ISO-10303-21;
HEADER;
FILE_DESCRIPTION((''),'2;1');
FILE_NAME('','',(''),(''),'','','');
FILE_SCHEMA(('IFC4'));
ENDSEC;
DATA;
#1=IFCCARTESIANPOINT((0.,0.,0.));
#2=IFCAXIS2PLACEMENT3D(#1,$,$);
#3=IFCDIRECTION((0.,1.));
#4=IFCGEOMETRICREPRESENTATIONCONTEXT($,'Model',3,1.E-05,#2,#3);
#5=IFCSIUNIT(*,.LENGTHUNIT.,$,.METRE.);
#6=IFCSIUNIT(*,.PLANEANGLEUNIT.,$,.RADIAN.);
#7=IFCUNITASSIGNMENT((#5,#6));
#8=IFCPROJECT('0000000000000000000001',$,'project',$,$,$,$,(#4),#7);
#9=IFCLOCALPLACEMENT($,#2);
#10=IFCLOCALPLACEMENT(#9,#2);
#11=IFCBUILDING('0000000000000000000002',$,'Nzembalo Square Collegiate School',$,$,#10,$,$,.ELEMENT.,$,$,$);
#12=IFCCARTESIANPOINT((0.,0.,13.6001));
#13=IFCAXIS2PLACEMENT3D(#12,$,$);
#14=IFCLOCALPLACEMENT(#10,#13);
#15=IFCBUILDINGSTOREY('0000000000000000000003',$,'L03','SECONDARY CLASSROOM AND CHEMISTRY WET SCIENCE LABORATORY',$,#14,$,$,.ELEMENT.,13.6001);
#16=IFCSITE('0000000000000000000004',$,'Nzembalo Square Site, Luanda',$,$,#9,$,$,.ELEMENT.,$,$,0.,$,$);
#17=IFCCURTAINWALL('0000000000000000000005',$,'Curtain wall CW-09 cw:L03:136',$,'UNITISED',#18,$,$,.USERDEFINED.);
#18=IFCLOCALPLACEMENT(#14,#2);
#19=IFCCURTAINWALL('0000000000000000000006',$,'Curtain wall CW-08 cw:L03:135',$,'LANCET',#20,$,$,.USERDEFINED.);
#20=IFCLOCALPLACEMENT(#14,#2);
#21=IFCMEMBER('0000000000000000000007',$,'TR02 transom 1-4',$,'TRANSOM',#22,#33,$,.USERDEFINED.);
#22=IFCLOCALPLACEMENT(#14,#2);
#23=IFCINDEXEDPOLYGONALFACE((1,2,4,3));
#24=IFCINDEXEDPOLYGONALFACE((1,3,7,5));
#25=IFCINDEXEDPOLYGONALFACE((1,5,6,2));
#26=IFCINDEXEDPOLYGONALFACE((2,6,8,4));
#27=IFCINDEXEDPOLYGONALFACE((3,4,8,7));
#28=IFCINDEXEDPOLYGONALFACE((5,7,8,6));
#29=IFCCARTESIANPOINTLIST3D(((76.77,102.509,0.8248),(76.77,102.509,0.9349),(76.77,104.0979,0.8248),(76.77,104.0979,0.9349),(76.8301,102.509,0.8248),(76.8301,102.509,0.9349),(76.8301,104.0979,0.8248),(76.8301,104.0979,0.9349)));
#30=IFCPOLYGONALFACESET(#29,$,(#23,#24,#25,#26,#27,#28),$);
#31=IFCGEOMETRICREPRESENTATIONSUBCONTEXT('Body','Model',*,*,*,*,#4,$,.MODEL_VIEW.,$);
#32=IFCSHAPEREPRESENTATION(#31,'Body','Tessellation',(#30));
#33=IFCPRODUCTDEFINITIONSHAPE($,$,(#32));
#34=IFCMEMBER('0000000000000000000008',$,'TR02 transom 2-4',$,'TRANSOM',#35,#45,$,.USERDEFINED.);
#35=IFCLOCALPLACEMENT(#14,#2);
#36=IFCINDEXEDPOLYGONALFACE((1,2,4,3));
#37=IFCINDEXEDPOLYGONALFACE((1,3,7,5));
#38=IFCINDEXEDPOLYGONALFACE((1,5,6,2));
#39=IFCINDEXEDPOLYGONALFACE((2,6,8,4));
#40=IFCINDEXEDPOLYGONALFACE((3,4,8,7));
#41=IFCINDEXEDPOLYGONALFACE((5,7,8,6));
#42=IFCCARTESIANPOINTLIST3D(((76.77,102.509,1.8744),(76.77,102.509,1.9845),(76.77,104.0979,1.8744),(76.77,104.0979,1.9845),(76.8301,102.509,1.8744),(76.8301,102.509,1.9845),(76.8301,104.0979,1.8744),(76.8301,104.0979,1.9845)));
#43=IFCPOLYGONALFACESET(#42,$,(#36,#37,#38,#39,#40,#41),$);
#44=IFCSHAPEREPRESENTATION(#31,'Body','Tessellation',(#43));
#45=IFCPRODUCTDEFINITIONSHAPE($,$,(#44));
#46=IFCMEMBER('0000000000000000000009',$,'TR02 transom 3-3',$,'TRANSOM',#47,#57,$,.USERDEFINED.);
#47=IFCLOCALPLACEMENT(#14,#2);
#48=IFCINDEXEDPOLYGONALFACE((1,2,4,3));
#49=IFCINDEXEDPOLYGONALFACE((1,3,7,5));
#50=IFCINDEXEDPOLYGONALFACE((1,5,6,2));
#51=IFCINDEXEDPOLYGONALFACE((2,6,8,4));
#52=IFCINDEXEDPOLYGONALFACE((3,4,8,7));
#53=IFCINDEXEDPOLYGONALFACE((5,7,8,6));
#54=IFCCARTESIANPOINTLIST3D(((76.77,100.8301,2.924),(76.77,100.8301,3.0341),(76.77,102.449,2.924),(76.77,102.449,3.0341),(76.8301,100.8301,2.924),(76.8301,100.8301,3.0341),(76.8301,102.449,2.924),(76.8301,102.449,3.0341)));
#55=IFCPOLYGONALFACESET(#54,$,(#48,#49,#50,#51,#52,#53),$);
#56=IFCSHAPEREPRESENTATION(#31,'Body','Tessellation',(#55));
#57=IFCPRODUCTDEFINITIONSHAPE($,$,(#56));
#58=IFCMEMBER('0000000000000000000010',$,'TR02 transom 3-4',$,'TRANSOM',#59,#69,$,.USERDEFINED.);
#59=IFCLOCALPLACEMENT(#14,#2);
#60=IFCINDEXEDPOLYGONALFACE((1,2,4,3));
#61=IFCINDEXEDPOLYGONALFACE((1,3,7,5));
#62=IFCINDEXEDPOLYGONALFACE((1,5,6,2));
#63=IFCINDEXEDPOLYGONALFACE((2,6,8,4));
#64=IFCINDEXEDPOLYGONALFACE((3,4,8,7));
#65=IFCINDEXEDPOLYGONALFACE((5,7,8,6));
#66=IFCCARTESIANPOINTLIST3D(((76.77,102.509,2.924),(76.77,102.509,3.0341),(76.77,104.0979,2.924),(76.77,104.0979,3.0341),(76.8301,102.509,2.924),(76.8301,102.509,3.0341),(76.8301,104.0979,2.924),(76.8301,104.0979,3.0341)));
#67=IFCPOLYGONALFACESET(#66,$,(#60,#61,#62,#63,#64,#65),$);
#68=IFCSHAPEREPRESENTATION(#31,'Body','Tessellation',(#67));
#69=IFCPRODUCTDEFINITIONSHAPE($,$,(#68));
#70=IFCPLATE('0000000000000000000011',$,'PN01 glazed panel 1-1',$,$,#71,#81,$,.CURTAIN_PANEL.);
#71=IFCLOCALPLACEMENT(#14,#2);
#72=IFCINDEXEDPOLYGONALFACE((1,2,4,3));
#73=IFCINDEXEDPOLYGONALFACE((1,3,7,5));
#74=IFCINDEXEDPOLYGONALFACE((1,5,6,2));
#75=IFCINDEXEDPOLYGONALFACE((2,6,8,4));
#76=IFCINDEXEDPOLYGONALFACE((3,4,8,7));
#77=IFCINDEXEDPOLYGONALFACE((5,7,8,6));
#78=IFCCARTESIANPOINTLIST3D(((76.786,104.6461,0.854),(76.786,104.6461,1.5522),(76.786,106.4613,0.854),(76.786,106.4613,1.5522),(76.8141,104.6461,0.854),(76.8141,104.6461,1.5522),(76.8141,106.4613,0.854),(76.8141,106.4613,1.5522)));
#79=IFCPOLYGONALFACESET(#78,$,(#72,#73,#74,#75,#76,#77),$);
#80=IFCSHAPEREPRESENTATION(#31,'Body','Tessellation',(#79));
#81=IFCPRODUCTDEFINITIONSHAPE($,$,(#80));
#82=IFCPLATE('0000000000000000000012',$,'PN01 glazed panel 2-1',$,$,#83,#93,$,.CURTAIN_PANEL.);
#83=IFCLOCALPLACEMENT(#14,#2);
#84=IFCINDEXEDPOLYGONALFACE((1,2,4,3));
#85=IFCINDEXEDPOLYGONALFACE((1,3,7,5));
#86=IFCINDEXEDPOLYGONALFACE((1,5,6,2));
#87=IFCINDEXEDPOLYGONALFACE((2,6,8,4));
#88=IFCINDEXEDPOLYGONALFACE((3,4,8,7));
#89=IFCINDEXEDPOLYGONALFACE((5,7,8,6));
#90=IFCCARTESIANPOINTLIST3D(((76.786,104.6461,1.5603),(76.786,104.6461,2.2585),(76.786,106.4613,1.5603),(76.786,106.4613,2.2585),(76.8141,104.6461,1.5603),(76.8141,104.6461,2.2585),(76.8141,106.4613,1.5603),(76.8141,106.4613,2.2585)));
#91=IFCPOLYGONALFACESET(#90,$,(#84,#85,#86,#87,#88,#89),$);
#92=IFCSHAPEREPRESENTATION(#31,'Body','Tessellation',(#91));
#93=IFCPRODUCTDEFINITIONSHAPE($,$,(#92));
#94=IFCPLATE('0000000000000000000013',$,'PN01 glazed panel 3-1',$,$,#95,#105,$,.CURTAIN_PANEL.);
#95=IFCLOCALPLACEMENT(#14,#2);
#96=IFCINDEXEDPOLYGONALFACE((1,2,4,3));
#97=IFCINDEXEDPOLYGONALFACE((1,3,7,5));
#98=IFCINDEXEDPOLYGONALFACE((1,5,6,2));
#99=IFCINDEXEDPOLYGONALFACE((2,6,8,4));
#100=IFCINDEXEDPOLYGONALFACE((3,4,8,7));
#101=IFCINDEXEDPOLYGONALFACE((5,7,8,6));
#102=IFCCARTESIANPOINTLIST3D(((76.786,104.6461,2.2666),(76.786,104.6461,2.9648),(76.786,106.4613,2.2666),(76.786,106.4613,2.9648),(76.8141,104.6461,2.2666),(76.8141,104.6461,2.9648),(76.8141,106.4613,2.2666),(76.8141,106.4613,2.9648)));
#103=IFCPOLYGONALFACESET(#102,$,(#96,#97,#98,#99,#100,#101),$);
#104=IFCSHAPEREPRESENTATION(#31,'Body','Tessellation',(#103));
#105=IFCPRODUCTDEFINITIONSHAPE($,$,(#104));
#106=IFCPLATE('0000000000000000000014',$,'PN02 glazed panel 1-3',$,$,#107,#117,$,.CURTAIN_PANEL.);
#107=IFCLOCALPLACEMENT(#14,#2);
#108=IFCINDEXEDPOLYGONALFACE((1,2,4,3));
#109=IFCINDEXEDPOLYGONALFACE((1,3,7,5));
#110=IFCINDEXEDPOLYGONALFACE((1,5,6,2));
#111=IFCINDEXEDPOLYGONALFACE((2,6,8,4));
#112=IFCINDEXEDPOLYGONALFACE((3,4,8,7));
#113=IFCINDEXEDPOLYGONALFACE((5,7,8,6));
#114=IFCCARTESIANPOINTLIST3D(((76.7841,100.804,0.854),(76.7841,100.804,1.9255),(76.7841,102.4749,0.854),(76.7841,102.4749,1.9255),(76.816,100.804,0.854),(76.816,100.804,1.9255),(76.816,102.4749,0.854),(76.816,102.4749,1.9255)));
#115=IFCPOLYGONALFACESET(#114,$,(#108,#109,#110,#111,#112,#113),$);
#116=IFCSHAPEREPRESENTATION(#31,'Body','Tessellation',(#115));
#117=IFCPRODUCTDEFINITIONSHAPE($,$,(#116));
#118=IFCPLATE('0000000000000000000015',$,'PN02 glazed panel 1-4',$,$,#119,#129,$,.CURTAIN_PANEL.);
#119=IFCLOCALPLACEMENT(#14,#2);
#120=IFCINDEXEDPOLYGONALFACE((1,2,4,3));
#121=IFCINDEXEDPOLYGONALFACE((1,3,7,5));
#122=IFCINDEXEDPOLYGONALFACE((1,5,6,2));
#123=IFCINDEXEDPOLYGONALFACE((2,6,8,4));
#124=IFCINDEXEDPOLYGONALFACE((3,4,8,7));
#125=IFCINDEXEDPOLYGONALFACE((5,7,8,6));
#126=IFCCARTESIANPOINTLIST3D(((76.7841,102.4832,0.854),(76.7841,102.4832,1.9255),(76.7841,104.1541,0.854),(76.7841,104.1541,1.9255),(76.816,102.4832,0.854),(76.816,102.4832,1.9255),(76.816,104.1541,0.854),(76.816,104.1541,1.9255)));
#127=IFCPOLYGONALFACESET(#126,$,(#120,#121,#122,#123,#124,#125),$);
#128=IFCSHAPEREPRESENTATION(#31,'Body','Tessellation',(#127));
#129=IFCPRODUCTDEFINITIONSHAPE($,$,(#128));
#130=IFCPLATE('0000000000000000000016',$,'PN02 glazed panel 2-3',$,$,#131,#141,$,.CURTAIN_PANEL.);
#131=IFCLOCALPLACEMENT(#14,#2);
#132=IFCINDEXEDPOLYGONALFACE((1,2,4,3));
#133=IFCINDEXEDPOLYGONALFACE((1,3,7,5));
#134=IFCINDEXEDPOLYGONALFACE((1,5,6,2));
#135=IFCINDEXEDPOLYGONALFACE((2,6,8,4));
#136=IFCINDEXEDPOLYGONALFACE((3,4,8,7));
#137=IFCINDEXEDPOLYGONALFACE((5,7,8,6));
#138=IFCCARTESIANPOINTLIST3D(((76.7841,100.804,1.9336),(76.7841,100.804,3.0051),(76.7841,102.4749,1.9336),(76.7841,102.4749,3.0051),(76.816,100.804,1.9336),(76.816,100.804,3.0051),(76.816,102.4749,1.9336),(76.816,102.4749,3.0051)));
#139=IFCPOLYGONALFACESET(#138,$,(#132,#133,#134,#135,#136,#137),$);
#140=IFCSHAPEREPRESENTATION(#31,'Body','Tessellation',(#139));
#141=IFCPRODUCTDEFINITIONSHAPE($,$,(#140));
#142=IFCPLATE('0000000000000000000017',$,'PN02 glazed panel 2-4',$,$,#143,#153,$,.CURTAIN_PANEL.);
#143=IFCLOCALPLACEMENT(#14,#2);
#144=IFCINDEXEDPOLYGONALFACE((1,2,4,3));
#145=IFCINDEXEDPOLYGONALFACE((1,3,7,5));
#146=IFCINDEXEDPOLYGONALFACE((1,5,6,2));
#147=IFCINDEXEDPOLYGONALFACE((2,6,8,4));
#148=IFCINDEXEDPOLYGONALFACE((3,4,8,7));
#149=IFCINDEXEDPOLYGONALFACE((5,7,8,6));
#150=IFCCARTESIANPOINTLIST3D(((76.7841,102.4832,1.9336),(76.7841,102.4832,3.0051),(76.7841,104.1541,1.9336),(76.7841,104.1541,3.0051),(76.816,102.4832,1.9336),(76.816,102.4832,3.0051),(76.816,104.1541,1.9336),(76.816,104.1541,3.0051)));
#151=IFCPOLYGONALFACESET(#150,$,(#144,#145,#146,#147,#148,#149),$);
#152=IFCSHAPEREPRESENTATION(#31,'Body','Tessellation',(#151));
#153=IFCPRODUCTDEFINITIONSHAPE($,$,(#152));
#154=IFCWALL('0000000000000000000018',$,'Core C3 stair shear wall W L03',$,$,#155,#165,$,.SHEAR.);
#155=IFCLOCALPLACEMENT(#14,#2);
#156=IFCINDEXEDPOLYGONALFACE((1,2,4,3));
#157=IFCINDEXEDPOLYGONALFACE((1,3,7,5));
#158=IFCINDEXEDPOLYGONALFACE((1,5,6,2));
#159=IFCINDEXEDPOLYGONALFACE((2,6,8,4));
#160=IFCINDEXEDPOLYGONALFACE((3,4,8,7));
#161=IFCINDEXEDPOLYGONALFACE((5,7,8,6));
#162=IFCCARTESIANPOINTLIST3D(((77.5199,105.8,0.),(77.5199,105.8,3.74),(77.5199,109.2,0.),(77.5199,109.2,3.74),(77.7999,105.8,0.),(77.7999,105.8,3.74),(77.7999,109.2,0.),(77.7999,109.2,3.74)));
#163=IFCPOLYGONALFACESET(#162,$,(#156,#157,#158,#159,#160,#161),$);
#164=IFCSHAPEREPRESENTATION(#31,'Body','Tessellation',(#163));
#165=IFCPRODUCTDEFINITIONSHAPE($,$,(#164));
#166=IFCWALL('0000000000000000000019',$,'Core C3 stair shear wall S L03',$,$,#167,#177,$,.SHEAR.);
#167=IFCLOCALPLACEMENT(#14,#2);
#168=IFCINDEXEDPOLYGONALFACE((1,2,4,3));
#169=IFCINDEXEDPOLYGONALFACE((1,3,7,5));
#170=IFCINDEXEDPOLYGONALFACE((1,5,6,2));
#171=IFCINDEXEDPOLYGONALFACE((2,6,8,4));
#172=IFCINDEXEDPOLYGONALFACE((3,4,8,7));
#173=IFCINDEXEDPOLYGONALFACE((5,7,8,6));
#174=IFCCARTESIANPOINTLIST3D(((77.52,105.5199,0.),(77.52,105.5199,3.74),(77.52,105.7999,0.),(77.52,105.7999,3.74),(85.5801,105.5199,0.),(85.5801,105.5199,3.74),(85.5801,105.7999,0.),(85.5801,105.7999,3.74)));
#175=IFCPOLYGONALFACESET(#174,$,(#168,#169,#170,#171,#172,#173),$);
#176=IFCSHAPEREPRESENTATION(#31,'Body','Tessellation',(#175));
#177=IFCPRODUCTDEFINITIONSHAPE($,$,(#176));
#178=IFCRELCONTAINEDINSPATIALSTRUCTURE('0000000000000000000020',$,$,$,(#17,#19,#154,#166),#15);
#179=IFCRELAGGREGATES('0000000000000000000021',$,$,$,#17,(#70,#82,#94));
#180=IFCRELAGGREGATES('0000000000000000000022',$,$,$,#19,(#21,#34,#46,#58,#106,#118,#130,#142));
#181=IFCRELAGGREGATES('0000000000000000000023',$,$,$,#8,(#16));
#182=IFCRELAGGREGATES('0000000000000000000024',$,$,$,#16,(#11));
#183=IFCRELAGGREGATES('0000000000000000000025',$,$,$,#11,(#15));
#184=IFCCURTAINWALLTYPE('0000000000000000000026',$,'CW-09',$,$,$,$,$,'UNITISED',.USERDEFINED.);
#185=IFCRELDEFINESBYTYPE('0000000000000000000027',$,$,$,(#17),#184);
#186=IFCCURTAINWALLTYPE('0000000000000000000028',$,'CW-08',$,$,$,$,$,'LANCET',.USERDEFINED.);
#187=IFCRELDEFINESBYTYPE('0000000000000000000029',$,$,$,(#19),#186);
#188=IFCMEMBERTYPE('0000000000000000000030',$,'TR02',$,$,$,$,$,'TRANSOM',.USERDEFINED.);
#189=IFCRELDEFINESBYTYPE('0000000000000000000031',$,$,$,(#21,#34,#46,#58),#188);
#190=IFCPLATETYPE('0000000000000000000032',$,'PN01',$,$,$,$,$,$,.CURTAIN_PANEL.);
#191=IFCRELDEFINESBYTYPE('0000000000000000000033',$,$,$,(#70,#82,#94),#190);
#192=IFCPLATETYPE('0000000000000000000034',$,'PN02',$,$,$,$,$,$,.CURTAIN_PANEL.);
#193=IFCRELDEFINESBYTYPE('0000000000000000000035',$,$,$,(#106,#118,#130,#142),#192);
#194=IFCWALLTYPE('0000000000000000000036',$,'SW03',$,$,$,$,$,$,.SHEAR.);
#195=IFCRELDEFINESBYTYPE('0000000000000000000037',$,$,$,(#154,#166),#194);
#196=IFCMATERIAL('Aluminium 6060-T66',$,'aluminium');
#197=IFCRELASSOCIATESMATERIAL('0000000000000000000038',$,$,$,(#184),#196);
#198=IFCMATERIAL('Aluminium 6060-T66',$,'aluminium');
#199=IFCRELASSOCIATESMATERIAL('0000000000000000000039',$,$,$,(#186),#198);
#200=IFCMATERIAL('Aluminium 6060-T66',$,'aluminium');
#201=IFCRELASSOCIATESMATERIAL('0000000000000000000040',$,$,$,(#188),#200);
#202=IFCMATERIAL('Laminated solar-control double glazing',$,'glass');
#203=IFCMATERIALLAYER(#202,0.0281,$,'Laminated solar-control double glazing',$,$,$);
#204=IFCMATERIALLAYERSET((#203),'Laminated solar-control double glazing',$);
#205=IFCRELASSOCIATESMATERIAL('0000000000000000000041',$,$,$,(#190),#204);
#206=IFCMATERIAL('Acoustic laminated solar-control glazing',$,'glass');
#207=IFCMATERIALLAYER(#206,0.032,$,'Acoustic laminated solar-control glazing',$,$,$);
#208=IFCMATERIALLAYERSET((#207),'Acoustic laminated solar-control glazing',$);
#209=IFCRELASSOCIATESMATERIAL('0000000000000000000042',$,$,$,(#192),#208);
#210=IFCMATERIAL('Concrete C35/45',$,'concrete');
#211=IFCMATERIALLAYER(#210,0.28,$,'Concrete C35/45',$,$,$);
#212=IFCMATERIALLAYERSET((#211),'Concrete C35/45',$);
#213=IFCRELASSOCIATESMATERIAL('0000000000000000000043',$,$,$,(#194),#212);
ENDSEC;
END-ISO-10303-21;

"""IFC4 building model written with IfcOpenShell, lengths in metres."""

from ifc_helpers import new_model, si_unit, direction, frame, frame_2d, origin, origin_2d, place, context, subcontext, project, spatial, rectangle, extrude, material, layer, layer_set, material_profile, profile_set, type_object, element, aggregate, save


model = new_model("IFC4")

# Units and contexts
model_context = context("Model", 3, precision=1e-05, world=origin(), true_north=direction((0.0, 1.0)))
body_context = subcontext(model_context, "Body", "Model", "MODEL_VIEW")
ifc_project = project(units=[si_unit("LENGTHUNIT", "METRE"), si_unit("PLANEANGLEUNIT", "RADIAN")], contexts=[model_context])

# Site, building, storey
site_placement = place(None, origin())
site = spatial("IfcSite", under=ifc_project, at=site_placement, Name="Nzembalo Square Site, Luanda", CompositionType="ELEMENT", RefElevation=0.0)
building_placement = place(site_placement, origin())
building = spatial("IfcBuilding", under=site, at=building_placement, Name="Nzembalo Square Collegiate School", CompositionType="ELEMENT")
storey_placement = place(building_placement, frame((0.0, 0.0, 13.6001)))
storey = spatial("IfcBuildingStorey", under=building, at=storey_placement, Name="L03", Description="SECONDARY CLASSROOM AND CHEMISTRY WET SCIENCE LABORATORY", CompositionType="ELEMENT", Elevation=13.6001)

# Curtain walls
ifc_material_1 = material(Name="Aluminium 6060-T66", Category="aluminium")
curtain_wall_type_1 = type_object("IfcCurtainWallType", Name="CW-09", ElementType="UNITISED", PredefinedType="USERDEFINED", material=ifc_material_1)
curtain_wall_1_placement = place(storey_placement, origin())
curtain_wall_1 = element("IfcCurtainWall", 1, at=curtain_wall_1_placement, inside=storey, type_object=curtain_wall_type_1, Name="Curtain wall CW-09 cw:L03:136", ObjectType="UNITISED", PredefinedType="USERDEFINED")
ifc_material_2 = material(Name="Aluminium 6060-T66", Category="aluminium")
curtain_wall_type_2 = type_object("IfcCurtainWallType", Name="CW-08", ElementType="LANCET", PredefinedType="USERDEFINED", material=ifc_material_2)
curtain_wall_2_placement = place(storey_placement, origin())
curtain_wall_2 = element("IfcCurtainWall", 2, at=curtain_wall_2_placement, inside=storey, type_object=curtain_wall_type_2, Name="Curtain wall CW-08 cw:L03:135", ObjectType="LANCET", PredefinedType="USERDEFINED")

# Members
ifc_material_3 = material(Name="Aluminium 6060-T66", Category="aluminium")
ifc_material_profile_1 = material_profile(ifc_material_3, rectangle(XDim=0.0601, YDim=0.1101, at=origin_2d()), Name="ALU T60x110")
ifc_profile_set_1 = profile_set([ifc_material_profile_1], Name="Aluminium 6060-T66")
member_type_1 = type_object("IfcMemberType", Name="TR02", ElementType="TRANSOM", PredefinedType="USERDEFINED", material=ifc_profile_set_1)
member_1_placement = place(storey_placement, frame((76.8, 102.509, 0.8799), z_axis=(0.0, 1.0, 0.0), x_axis=(-1.0, 0.0, 0.0)))
member_1 = element("IfcMember", 3, at=member_1_placement, type_object=member_type_1, Name="TR02 transom 1-4", ObjectType="TRANSOM", PredefinedType="USERDEFINED", context=body_context, shape_type="SweptSolid", body=[
    extrude(rectangle(XDim=0.0601, YDim=0.1101, at=origin_2d()), origin(), (0.0, 0.0, 1.0), 1.5889),
])
member_2_placement = place(storey_placement, frame((76.8, 102.509, 1.9294), z_axis=(0.0, 1.0, 0.0), x_axis=(-1.0, 0.0, 0.0)))
member_2 = element("IfcMember", 4, at=member_2_placement, type_object=member_type_1, Name="TR02 transom 2-4", ObjectType="TRANSOM", PredefinedType="USERDEFINED", context=body_context, shape_type="SweptSolid", body=[
    extrude(rectangle(XDim=0.0601, YDim=0.1101, at=origin_2d()), origin(), (0.0, 0.0, 1.0), 1.5889),
])
member_3_placement = place(storey_placement, frame((76.8, 100.8301, 2.979), z_axis=(0.0, 1.0, 0.0), x_axis=(-1.0, 0.0, 0.0)))
member_3 = element("IfcMember", 5, at=member_3_placement, type_object=member_type_1, Name="TR02 transom 3-3", ObjectType="TRANSOM", PredefinedType="USERDEFINED", context=body_context, shape_type="SweptSolid", body=[
    extrude(rectangle(XDim=0.0601, YDim=0.1101, at=origin_2d()), origin(), (0.0, 0.0, 1.0), 1.6189),
])
member_4_placement = place(storey_placement, frame((76.8, 102.509, 2.979), z_axis=(0.0, 1.0, 0.0), x_axis=(-1.0, 0.0, 0.0)))
member_4 = element("IfcMember", 6, at=member_4_placement, type_object=member_type_1, Name="TR02 transom 3-4", ObjectType="TRANSOM", PredefinedType="USERDEFINED", context=body_context, shape_type="SweptSolid", body=[
    extrude(rectangle(XDim=0.0601, YDim=0.1101, at=origin_2d()), origin(), (0.0, 0.0, 1.0), 1.5889),
])

# Plates
ifc_material_4 = material(Name="Laminated solar-control double glazing", Category="glass")
ifc_layer_1 = layer(ifc_material_4, 0.0281, Name="Laminated solar-control double glazing")
ifc_layer_set_1 = layer_set([ifc_layer_1], Name="Laminated solar-control double glazing")
plate_type_1 = type_object("IfcPlateType", Name="PN01", PredefinedType="CURTAIN_PANEL", material=ifc_layer_set_1)
plate_1_placement = place(storey_placement, frame((76.8, 105.5537, 0.854), z_axis=(0.0, 0.0, 1.0), x_axis=(0.0, 1.0, 0.0)))
plate_1 = element("IfcPlate", 7, at=plate_1_placement, type_object=plate_type_1, Name="PN01 glazed panel 1-1", PredefinedType="CURTAIN_PANEL", context=body_context, shape_type="SweptSolid", body=[
    extrude(rectangle(XDim=1.8152, YDim=0.0281, at=origin_2d()), origin(), (0.0, 0.0, 1.0), 0.6982),
])
plate_2_placement = place(storey_placement, frame((76.8, 105.5537, 1.5603), z_axis=(0.0, 0.0, 1.0), x_axis=(0.0, 1.0, 0.0)))
plate_2 = element("IfcPlate", 8, at=plate_2_placement, type_object=plate_type_1, Name="PN01 glazed panel 2-1", PredefinedType="CURTAIN_PANEL", context=body_context, shape_type="SweptSolid", body=[
    extrude(rectangle(XDim=1.8152, YDim=0.0281, at=origin_2d()), origin(), (0.0, 0.0, 1.0), 0.6982),
])
plate_3_placement = place(storey_placement, frame((76.8, 105.5537, 2.2666), z_axis=(0.0, 0.0, 1.0), x_axis=(0.0, 1.0, 0.0)))
plate_3 = element("IfcPlate", 9, at=plate_3_placement, type_object=plate_type_1, Name="PN01 glazed panel 3-1", PredefinedType="CURTAIN_PANEL", context=body_context, shape_type="SweptSolid", body=[
    extrude(rectangle(XDim=1.8152, YDim=0.0281, at=origin_2d()), origin(), (0.0, 0.0, 1.0), 0.6982),
])
aggregate(curtain_wall_1, [plate_1, plate_2, plate_3])
ifc_material_5 = material(Name="Acoustic laminated solar-control glazing", Category="glass")
ifc_layer_2 = layer(ifc_material_5, 0.032, Name="Acoustic laminated solar-control glazing")
ifc_layer_set_2 = layer_set([ifc_layer_2], Name="Acoustic laminated solar-control glazing")
plate_type_2 = type_object("IfcPlateType", Name="PN02", PredefinedType="CURTAIN_PANEL", material=ifc_layer_set_2)
plate_4_placement = place(storey_placement, frame((76.8, 101.6394, 0.854), z_axis=(0.0, 0.0, 1.0), x_axis=(0.0, 1.0, 0.0)))
plate_4 = element("IfcPlate", 10, at=plate_4_placement, type_object=plate_type_2, Name="PN02 glazed panel 1-3", PredefinedType="CURTAIN_PANEL", context=body_context, shape_type="SweptSolid", body=[
    extrude(rectangle(XDim=1.6709, YDim=0.032, at=origin_2d()), origin(), (0.0, 0.0, 1.0), 1.0715),
])
plate_5_placement = place(storey_placement, frame((76.8, 103.3186, 0.854), z_axis=(0.0, 0.0, 1.0), x_axis=(0.0, 1.0, 0.0)))
plate_5 = element("IfcPlate", 11, at=plate_5_placement, type_object=plate_type_2, Name="PN02 glazed panel 1-4", PredefinedType="CURTAIN_PANEL", context=body_context, shape_type="SweptSolid", body=[
    extrude(rectangle(XDim=1.6709, YDim=0.032, at=origin_2d()), origin(), (0.0, 0.0, 1.0), 1.0715),
])
plate_6_placement = place(storey_placement, frame((76.8, 101.6394, 1.9336), z_axis=(0.0, 0.0, 1.0), x_axis=(0.0, 1.0, 0.0)))
plate_6 = element("IfcPlate", 12, at=plate_6_placement, type_object=plate_type_2, Name="PN02 glazed panel 2-3", PredefinedType="CURTAIN_PANEL", context=body_context, shape_type="SweptSolid", body=[
    extrude(rectangle(XDim=1.6709, YDim=0.032, at=origin_2d()), origin(), (0.0, 0.0, 1.0), 1.0715),
])
plate_7_placement = place(storey_placement, frame((76.8, 103.3186, 1.9336), z_axis=(0.0, 0.0, 1.0), x_axis=(0.0, 1.0, 0.0)))
plate_7 = element("IfcPlate", 13, at=plate_7_placement, type_object=plate_type_2, Name="PN02 glazed panel 2-4", PredefinedType="CURTAIN_PANEL", context=body_context, shape_type="SweptSolid", body=[
    extrude(rectangle(XDim=1.6709, YDim=0.032, at=origin_2d()), origin(), (0.0, 0.0, 1.0), 1.0715),
])
aggregate(curtain_wall_2, [member_1, member_2, member_3, member_4, plate_4, plate_5, plate_6, plate_7])

# Walls
ifc_material_6 = material(Name="Concrete C35/45", Category="concrete")
ifc_layer_3 = layer(ifc_material_6, 0.28, Name="Concrete C35/45")
ifc_layer_set_3 = layer_set([ifc_layer_3], Name="Concrete C35/45")
wall_type_1 = type_object("IfcWallType", Name="SW03", PredefinedType="SHEAR", material=ifc_layer_set_3)
wall_1_placement = place(storey_placement, frame((77.6599, 105.8, 0.0), z_axis=(0.0, 0.0, 1.0), x_axis=(0.0, 1.0, 0.0)))
element("IfcWall", 14, at=wall_1_placement, inside=storey, type_object=wall_type_1, Name="Core C3 stair shear wall W L03", PredefinedType="SHEAR", context=body_context, shape_type="SweptSolid", body=[
    extrude(rectangle(XDim=3.3999, YDim=0.28, at=frame_2d((1.7, 0.0))), origin(), (0.0, 0.0, 1.0), 3.74),
])
wall_2_placement = place(storey_placement, frame((77.52, 105.6599, 0.0), z_axis=(0.0, 0.0, 1.0), x_axis=(1.0, 0.0, 0.0)))
element("IfcWall", 15, at=wall_2_placement, inside=storey, type_object=wall_type_1, Name="Core C3 stair shear wall S L03", PredefinedType="SHEAR", context=body_context, shape_type="SweptSolid", body=[
    extrude(rectangle(XDim=8.0601, YDim=0.28, at=frame_2d((4.03, 0.0))), origin(), (0.0, 0.0, 1.0), 3.74),
])

save(model, "model.ifc")
